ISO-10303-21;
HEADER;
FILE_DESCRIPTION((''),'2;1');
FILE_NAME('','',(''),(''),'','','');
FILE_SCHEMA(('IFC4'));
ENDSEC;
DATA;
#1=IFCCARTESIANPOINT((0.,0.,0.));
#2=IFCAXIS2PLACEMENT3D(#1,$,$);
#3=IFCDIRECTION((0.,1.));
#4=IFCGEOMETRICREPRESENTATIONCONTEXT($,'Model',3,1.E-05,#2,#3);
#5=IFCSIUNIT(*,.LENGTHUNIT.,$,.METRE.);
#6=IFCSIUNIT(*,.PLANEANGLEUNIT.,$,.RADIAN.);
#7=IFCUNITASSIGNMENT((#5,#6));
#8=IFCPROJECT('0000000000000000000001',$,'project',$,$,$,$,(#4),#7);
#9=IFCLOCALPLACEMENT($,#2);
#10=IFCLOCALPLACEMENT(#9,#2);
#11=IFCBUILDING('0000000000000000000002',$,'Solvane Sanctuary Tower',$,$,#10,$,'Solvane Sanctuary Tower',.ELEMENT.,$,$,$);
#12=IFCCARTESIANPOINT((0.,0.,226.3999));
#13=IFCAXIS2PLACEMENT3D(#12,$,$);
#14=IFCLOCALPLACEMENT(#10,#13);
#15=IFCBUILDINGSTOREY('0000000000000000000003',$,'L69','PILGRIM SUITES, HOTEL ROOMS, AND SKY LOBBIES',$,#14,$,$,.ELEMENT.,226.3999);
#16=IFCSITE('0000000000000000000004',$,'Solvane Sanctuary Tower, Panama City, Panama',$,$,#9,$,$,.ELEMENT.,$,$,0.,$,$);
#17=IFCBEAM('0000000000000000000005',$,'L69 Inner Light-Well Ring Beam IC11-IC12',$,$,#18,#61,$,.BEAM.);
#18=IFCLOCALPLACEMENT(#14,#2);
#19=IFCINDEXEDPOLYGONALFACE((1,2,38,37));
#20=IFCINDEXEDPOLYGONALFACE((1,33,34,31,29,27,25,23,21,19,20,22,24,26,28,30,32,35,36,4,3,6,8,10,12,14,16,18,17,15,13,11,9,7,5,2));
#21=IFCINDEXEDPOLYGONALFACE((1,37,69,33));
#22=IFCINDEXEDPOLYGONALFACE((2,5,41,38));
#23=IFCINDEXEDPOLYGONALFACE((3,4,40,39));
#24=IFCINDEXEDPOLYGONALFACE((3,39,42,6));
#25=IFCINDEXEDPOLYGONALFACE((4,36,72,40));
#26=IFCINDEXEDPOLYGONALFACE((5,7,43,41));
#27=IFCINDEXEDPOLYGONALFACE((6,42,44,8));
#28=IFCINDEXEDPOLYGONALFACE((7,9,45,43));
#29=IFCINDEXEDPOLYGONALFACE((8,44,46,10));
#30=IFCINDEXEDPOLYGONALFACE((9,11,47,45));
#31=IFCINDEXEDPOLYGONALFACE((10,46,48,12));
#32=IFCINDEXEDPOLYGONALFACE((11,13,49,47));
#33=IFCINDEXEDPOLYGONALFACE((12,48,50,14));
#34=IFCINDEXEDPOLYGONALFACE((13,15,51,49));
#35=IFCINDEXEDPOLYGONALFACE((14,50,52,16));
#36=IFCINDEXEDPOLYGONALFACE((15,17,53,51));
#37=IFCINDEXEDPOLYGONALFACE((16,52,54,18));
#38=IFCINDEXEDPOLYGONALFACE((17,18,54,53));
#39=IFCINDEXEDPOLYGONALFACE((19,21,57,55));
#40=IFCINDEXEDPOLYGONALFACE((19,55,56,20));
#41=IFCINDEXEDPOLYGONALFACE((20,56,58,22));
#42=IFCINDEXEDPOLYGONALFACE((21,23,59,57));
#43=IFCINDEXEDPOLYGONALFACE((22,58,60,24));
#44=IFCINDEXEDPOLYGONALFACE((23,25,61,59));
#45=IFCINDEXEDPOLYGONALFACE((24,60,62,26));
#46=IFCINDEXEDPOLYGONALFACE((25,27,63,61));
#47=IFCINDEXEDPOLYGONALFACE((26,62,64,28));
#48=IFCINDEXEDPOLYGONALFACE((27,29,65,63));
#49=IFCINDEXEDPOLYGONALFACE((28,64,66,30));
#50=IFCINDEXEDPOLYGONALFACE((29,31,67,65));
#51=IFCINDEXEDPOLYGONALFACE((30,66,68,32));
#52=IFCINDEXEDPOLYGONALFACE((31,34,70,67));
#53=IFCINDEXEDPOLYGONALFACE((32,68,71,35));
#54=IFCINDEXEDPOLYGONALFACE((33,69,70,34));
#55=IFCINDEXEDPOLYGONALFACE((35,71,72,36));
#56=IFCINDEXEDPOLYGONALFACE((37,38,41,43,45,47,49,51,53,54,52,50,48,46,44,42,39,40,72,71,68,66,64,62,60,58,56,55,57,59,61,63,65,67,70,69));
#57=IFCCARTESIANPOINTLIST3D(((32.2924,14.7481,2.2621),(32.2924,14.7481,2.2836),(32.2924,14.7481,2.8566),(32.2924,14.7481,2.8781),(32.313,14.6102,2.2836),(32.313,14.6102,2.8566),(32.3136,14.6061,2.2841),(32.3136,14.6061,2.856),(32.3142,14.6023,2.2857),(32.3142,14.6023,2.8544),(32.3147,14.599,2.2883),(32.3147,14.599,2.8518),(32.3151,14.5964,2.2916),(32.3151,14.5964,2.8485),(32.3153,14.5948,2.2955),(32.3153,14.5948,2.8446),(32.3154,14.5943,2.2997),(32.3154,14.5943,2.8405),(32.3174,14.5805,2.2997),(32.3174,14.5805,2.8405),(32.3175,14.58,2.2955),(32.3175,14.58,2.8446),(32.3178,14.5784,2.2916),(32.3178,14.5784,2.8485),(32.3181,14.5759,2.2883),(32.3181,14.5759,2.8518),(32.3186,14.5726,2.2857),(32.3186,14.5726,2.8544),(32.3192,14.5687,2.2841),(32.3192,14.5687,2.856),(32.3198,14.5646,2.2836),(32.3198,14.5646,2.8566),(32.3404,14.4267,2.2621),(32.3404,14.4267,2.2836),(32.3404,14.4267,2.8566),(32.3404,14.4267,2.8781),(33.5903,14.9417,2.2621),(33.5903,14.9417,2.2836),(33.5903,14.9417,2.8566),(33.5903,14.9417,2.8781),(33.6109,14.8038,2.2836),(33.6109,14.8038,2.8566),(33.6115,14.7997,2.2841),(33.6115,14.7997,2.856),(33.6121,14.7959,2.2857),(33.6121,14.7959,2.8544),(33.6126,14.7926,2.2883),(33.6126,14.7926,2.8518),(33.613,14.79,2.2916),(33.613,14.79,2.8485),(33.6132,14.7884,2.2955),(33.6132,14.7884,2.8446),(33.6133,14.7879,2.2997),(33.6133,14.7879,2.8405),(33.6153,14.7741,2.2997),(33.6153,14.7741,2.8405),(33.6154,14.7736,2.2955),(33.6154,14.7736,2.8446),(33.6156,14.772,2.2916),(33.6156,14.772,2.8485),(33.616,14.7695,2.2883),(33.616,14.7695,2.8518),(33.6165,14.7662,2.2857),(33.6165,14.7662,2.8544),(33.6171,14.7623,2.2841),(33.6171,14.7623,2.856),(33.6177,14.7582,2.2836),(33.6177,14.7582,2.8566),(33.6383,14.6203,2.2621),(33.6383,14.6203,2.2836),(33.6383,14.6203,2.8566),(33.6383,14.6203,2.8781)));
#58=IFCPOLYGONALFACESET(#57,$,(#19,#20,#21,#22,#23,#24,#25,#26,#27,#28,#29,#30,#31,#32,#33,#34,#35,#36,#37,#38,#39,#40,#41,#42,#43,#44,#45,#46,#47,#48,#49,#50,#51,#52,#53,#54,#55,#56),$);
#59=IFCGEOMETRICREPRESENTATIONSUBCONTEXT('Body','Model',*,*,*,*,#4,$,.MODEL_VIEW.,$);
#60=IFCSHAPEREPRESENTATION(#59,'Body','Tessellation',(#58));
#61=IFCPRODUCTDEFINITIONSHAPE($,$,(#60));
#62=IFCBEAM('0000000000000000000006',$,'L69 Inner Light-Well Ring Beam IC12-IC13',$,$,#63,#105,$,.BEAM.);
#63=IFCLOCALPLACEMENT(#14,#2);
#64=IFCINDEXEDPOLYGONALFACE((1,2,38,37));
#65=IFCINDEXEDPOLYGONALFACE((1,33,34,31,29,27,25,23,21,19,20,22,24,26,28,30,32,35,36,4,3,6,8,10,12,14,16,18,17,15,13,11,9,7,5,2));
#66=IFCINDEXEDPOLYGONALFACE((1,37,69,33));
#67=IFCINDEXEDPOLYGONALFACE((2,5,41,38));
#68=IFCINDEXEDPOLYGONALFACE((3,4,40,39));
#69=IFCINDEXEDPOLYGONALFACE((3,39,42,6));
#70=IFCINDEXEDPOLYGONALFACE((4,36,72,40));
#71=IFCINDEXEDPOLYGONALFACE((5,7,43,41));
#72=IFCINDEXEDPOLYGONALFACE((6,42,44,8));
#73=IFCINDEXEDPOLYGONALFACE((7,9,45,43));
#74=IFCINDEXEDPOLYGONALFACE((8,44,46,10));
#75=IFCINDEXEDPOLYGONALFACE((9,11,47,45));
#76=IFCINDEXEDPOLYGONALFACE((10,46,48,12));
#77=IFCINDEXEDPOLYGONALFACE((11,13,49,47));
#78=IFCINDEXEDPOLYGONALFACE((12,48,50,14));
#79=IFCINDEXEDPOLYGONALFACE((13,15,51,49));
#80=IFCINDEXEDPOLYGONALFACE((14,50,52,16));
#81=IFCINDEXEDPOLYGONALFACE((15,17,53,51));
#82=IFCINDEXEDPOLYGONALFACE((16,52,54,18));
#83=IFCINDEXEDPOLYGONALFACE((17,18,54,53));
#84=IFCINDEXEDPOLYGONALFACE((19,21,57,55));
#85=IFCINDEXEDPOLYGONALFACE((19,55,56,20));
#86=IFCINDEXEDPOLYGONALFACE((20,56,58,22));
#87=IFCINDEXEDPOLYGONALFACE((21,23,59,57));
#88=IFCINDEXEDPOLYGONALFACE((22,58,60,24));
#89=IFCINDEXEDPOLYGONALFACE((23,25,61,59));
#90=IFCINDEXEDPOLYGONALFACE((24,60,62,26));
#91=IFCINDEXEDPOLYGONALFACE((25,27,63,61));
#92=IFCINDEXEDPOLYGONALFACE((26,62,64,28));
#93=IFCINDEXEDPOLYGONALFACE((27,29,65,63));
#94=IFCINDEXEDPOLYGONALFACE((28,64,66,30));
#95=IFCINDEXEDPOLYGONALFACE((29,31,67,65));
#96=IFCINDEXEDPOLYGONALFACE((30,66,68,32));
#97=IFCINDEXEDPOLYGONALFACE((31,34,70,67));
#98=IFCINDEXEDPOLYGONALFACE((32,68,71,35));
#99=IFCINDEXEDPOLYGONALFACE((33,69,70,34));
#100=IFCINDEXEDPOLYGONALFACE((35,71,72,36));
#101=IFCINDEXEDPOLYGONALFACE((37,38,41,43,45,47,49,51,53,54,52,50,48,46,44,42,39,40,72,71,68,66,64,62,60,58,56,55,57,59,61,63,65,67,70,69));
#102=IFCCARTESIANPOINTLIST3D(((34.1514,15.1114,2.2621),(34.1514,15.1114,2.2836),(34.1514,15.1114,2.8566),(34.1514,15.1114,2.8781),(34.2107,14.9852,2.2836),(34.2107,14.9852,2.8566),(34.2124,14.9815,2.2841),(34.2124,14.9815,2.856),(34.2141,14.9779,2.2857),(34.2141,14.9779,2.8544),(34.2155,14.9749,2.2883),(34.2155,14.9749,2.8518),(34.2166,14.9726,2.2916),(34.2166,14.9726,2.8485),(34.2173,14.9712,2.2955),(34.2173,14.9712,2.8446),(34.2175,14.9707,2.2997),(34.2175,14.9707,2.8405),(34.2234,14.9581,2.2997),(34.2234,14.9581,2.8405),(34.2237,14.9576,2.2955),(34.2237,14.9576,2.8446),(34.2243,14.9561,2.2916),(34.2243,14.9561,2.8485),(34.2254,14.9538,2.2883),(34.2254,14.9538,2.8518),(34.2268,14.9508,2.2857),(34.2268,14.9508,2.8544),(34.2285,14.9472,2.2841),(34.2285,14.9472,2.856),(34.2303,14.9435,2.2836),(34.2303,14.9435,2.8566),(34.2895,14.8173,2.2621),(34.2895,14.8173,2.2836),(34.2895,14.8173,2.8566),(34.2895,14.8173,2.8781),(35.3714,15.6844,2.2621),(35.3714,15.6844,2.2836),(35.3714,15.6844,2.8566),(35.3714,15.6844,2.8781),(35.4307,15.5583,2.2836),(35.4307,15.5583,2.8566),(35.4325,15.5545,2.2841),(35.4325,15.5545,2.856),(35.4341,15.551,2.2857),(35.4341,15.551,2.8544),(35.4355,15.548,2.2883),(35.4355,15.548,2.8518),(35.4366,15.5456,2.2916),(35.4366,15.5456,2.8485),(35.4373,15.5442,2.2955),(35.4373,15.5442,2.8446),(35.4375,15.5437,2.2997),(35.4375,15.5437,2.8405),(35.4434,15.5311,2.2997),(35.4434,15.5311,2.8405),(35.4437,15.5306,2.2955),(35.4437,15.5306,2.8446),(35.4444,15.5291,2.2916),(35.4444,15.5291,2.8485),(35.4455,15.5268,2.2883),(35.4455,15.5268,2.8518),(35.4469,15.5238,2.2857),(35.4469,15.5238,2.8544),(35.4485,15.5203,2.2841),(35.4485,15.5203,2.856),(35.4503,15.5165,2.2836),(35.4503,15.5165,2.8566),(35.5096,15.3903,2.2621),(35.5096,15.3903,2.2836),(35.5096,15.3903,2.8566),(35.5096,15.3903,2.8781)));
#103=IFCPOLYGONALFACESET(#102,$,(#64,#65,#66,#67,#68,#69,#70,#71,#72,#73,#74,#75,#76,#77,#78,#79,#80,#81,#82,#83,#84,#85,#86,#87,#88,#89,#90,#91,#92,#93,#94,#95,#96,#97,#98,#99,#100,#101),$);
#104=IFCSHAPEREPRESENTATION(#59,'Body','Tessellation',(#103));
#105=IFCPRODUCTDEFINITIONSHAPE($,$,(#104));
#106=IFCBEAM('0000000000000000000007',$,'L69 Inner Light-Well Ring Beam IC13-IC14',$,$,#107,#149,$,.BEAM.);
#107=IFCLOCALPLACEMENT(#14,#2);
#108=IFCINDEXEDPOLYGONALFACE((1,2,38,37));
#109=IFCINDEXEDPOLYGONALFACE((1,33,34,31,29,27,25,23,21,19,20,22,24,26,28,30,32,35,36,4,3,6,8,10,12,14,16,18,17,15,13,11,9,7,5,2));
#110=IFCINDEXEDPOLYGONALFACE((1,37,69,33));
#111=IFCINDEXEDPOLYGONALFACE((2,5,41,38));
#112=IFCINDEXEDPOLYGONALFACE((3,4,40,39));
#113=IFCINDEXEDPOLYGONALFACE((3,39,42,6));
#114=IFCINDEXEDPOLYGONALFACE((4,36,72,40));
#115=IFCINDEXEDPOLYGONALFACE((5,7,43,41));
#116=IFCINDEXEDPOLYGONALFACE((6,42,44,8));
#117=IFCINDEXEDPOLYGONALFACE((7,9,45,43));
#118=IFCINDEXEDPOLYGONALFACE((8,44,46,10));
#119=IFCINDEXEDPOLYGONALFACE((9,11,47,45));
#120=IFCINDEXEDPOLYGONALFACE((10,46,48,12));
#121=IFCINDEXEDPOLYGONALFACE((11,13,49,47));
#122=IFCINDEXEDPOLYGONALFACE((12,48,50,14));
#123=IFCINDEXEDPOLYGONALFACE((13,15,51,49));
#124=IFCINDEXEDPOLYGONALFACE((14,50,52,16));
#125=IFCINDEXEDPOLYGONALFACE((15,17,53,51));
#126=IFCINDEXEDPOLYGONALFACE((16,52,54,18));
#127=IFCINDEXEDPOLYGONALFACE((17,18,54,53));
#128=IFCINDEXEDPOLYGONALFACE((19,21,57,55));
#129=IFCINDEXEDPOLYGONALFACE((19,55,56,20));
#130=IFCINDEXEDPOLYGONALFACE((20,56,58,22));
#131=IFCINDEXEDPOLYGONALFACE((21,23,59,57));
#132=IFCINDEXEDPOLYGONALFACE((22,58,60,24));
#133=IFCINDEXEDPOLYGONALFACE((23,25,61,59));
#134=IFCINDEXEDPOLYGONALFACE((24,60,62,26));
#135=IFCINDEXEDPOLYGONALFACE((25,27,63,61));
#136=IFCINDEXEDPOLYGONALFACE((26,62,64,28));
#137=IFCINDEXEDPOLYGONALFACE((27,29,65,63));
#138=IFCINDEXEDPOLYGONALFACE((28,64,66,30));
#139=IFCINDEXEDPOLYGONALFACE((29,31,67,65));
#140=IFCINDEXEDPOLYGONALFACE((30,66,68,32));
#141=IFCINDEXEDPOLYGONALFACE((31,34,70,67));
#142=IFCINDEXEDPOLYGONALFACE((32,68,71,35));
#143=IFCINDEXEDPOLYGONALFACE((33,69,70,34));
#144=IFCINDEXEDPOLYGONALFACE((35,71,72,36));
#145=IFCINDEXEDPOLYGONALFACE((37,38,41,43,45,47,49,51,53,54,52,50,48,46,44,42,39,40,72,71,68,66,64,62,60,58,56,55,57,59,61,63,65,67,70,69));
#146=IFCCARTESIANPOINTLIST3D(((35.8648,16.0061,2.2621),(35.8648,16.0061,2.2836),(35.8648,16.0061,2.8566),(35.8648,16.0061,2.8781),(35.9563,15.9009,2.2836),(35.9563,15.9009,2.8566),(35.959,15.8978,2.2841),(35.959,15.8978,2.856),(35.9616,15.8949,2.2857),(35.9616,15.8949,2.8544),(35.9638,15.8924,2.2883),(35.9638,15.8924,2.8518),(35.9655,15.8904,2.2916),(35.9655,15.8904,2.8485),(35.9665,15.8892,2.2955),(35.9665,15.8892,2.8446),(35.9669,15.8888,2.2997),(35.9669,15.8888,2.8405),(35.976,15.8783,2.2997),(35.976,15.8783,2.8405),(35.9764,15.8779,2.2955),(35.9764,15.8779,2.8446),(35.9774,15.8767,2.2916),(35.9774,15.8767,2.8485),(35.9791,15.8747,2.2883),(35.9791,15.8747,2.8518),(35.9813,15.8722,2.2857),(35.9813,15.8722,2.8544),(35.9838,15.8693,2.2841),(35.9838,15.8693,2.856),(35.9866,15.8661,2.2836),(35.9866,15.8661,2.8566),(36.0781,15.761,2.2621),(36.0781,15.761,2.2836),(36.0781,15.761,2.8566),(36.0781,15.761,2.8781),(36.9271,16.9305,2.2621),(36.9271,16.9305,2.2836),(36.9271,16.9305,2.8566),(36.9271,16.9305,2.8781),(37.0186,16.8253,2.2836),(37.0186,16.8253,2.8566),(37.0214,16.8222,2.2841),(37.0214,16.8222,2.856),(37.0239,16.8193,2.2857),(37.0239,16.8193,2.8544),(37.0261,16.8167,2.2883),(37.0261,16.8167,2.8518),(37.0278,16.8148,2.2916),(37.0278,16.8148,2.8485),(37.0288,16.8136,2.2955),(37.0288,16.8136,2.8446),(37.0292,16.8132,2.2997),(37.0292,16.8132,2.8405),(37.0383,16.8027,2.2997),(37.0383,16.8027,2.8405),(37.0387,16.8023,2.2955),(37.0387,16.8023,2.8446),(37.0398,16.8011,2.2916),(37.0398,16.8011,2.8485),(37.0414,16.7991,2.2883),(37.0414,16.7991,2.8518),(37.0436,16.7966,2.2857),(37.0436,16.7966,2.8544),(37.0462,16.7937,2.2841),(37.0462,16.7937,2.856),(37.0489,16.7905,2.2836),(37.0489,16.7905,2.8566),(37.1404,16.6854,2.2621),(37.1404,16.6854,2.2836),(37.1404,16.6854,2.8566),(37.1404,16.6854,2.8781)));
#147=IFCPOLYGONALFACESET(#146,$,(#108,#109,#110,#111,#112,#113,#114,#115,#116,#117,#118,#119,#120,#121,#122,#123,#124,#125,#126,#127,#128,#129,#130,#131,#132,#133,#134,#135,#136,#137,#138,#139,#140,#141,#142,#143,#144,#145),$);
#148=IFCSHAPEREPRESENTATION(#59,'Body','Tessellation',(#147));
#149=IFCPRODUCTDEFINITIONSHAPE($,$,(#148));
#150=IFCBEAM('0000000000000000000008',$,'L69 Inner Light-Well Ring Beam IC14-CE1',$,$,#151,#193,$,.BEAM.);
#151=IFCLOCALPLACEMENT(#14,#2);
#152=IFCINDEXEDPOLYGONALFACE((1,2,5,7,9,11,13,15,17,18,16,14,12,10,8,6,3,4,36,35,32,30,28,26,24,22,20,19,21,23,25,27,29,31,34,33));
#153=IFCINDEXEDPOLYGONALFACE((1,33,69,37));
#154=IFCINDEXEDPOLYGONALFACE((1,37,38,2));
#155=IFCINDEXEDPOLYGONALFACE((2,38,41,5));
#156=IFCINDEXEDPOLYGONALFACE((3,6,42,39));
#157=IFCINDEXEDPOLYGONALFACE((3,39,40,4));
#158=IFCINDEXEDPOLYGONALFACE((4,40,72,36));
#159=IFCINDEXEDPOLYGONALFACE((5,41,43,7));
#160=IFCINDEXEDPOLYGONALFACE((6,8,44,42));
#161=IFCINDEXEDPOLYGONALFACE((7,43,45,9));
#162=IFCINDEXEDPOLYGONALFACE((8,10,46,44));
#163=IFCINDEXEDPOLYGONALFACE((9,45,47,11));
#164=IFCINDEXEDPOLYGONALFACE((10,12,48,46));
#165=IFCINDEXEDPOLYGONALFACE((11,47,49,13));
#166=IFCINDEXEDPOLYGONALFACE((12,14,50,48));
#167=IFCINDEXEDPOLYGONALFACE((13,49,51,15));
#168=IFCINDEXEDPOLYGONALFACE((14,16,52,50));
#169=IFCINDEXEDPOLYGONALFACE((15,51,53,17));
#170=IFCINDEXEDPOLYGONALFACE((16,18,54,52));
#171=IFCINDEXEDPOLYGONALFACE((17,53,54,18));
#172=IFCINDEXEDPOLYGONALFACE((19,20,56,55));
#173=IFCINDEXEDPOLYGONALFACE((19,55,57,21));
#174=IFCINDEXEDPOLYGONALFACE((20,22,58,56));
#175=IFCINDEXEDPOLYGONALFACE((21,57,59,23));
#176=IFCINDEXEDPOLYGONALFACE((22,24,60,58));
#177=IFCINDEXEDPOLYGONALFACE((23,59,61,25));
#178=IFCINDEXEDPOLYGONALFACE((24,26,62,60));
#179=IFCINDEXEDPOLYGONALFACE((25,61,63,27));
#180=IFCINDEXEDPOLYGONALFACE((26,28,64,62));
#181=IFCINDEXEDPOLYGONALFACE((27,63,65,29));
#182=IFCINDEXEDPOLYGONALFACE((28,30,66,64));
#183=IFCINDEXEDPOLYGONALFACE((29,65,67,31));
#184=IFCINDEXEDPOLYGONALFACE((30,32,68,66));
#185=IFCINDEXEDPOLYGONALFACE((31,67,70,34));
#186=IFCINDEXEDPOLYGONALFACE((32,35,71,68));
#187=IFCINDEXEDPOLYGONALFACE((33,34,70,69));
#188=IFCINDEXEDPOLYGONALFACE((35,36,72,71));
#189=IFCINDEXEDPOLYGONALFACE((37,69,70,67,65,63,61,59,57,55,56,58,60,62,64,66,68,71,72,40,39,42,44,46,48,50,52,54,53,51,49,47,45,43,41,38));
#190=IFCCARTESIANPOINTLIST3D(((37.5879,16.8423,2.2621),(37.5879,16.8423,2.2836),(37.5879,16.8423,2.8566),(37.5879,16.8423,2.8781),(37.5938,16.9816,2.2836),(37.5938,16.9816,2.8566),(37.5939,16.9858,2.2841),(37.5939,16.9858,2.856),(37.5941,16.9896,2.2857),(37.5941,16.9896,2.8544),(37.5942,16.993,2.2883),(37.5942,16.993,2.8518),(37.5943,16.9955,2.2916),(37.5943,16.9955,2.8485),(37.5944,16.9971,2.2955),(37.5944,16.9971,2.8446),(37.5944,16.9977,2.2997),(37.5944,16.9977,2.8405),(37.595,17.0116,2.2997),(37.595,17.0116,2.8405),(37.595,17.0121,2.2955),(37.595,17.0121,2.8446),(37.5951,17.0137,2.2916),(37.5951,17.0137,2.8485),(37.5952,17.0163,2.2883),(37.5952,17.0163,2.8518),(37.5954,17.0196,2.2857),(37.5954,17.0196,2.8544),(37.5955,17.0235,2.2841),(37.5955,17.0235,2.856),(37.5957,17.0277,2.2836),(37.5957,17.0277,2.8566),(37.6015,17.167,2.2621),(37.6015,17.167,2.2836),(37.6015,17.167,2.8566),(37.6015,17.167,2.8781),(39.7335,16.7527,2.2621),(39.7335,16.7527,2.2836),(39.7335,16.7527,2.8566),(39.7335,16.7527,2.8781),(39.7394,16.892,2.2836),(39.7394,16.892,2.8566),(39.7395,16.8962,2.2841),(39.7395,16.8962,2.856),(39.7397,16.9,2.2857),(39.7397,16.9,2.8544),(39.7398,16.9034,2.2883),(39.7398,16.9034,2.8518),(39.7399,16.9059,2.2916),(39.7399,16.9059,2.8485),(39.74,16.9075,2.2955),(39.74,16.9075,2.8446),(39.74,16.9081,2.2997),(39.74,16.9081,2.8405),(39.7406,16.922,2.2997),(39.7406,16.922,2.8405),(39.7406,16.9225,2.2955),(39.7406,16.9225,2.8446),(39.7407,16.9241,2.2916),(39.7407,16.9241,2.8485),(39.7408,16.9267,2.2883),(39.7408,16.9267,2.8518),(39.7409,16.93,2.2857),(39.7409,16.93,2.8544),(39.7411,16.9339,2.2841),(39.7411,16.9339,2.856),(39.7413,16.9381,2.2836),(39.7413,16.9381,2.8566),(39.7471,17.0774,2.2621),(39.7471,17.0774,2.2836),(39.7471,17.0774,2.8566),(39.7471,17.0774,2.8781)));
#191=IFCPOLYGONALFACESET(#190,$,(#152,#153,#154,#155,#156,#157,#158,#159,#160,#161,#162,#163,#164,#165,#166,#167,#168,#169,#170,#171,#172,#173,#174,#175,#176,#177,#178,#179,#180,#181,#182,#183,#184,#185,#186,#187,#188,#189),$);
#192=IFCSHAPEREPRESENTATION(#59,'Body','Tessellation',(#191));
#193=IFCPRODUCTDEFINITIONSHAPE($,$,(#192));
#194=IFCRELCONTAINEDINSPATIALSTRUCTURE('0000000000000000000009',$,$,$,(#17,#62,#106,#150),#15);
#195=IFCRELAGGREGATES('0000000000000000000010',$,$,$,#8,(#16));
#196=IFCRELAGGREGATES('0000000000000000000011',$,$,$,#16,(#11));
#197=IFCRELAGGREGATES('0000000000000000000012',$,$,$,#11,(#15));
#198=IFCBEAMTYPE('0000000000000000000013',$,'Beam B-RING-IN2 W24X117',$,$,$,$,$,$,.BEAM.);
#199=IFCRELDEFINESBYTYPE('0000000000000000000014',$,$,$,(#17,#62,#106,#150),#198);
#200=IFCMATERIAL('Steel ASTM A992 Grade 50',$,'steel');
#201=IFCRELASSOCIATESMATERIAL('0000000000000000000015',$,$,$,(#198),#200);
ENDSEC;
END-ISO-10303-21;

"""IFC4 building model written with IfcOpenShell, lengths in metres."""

from ifc_helpers import new_model, si_unit, direction, frame, origin, origin_2d, place, context, subcontext, project, spatial, i_section, extrude, material, material_profile, profile_set, type_object, element, save


model = new_model("IFC4")

# Units and contexts
model_context = context("Model", 3, precision=1e-05, world=origin(), true_north=direction((0.0, 1.0)))
body_context = subcontext(model_context, "Body", "Model", "MODEL_VIEW")
ifc_project = project(units=[si_unit("LENGTHUNIT", "METRE"), si_unit("PLANEANGLEUNIT", "RADIAN")], contexts=[model_context])

# Site, building, storey
site_placement = place(None, origin())
site = spatial("IfcSite", under=ifc_project, at=site_placement, Name="Solvane Sanctuary Tower, Panama City, Panama", CompositionType="ELEMENT", RefElevation=0.0)
building_placement = place(site_placement, origin())
building = spatial("IfcBuilding", under=site, at=building_placement, Name="Solvane Sanctuary Tower", LongName="Solvane Sanctuary Tower", CompositionType="ELEMENT")
storey_placement = place(building_placement, frame((0.0, 0.0, 226.3999)))
storey = spatial("IfcBuildingStorey", under=building, at=storey_placement, Name="L69", Description="PILGRIM SUITES, HOTEL ROOMS, AND SKY LOBBIES", CompositionType="ELEMENT", Elevation=226.3999)

# Beams
ifc_material_1 = material(Name="Steel ASTM A992 Grade 50", Category="steel")
ifc_material_profile_1 = material_profile(ifc_material_1, i_section(OverallWidth=0.325, OverallDepth=0.616, WebThickness=0.0139, FlangeThickness=0.0215, FilletRadius=0.0161, at=origin_2d()), Name="W24X117")
ifc_profile_set_1 = profile_set([ifc_material_profile_1], Name="Steel ASTM A992 Grade 50")
beam_type_1 = type_object("IfcBeamType", Name="Beam B-RING-IN2 W24X117", PredefinedType="BEAM", material=ifc_profile_set_1)
beam_1_placement = place(storey_placement, frame((32.3164, 14.5874, 2.5701), z_axis=(0.989056, 0.14754, 0.0), x_axis=(-0.14754, 0.989056, 0.0)))
element("IfcBeam", 1, at=beam_1_placement, inside=storey, type_object=beam_type_1, Name="L69 Inner Light-Well Ring Beam IC11-IC12", PredefinedType="BEAM", context=body_context, shape_type="SweptSolid", body=[
    extrude(i_section(OverallWidth=0.325, OverallDepth=0.616, WebThickness=0.0139, FlangeThickness=0.0215, FilletRadius=0.0161, at=origin_2d()), origin(), (0.0, 0.0, 1.0), 1.3123),
])
beam_2_placement = place(storey_placement, frame((34.2205, 14.9644, 2.5701), z_axis=(0.905135, 0.425125, 0.0), x_axis=(-0.425125, 0.905135, 0.0)))
element("IfcBeam", 2, at=beam_2_placement, inside=storey, type_object=beam_type_1, Name="L69 Inner Light-Well Ring Beam IC12-IC13", PredefinedType="BEAM", context=body_context, shape_type="SweptSolid", body=[
    extrude(i_section(OverallWidth=0.325, OverallDepth=0.616, WebThickness=0.0139, FlangeThickness=0.0215, FilletRadius=0.0161, at=origin_2d()), origin(), (0.0, 0.0, 1.0), 1.3479),
])
beam_3_placement = place(storey_placement, frame((35.9714, 15.8835, 2.5701), z_axis=(0.754389, 0.656428, 0.0), x_axis=(-0.656428, 0.754389, 0.0)))
element("IfcBeam", 3, at=beam_3_placement, inside=storey, type_object=beam_type_1, Name="L69 Inner Light-Well Ring Beam IC13-IC14", PredefinedType="BEAM", context=body_context, shape_type="SweptSolid", body=[
    extrude(i_section(OverallWidth=0.325, OverallDepth=0.616, WebThickness=0.0139, FlangeThickness=0.0215, FilletRadius=0.0161, at=origin_2d()), origin(), (0.0, 0.0, 1.0), 1.4082),
])
beam_4_placement = place(storey_placement, frame((37.5947, 17.0046, 2.5701), z_axis=(0.999129, -0.041725, 0.0), x_axis=(0.041725, 0.999129, 0.0)))
element("IfcBeam", 4, at=beam_4_placement, inside=storey, type_object=beam_type_1, Name="L69 Inner Light-Well Ring Beam IC14-CE1", PredefinedType="BEAM", context=body_context, shape_type="SweptSolid", body=[
    extrude(i_section(OverallWidth=0.325, OverallDepth=0.616, WebThickness=0.0139, FlangeThickness=0.0215, FilletRadius=0.0161, at=origin_2d()), origin(), (0.0, 0.0, 1.0), 2.1475),
])

save(model, "model.ifc")
